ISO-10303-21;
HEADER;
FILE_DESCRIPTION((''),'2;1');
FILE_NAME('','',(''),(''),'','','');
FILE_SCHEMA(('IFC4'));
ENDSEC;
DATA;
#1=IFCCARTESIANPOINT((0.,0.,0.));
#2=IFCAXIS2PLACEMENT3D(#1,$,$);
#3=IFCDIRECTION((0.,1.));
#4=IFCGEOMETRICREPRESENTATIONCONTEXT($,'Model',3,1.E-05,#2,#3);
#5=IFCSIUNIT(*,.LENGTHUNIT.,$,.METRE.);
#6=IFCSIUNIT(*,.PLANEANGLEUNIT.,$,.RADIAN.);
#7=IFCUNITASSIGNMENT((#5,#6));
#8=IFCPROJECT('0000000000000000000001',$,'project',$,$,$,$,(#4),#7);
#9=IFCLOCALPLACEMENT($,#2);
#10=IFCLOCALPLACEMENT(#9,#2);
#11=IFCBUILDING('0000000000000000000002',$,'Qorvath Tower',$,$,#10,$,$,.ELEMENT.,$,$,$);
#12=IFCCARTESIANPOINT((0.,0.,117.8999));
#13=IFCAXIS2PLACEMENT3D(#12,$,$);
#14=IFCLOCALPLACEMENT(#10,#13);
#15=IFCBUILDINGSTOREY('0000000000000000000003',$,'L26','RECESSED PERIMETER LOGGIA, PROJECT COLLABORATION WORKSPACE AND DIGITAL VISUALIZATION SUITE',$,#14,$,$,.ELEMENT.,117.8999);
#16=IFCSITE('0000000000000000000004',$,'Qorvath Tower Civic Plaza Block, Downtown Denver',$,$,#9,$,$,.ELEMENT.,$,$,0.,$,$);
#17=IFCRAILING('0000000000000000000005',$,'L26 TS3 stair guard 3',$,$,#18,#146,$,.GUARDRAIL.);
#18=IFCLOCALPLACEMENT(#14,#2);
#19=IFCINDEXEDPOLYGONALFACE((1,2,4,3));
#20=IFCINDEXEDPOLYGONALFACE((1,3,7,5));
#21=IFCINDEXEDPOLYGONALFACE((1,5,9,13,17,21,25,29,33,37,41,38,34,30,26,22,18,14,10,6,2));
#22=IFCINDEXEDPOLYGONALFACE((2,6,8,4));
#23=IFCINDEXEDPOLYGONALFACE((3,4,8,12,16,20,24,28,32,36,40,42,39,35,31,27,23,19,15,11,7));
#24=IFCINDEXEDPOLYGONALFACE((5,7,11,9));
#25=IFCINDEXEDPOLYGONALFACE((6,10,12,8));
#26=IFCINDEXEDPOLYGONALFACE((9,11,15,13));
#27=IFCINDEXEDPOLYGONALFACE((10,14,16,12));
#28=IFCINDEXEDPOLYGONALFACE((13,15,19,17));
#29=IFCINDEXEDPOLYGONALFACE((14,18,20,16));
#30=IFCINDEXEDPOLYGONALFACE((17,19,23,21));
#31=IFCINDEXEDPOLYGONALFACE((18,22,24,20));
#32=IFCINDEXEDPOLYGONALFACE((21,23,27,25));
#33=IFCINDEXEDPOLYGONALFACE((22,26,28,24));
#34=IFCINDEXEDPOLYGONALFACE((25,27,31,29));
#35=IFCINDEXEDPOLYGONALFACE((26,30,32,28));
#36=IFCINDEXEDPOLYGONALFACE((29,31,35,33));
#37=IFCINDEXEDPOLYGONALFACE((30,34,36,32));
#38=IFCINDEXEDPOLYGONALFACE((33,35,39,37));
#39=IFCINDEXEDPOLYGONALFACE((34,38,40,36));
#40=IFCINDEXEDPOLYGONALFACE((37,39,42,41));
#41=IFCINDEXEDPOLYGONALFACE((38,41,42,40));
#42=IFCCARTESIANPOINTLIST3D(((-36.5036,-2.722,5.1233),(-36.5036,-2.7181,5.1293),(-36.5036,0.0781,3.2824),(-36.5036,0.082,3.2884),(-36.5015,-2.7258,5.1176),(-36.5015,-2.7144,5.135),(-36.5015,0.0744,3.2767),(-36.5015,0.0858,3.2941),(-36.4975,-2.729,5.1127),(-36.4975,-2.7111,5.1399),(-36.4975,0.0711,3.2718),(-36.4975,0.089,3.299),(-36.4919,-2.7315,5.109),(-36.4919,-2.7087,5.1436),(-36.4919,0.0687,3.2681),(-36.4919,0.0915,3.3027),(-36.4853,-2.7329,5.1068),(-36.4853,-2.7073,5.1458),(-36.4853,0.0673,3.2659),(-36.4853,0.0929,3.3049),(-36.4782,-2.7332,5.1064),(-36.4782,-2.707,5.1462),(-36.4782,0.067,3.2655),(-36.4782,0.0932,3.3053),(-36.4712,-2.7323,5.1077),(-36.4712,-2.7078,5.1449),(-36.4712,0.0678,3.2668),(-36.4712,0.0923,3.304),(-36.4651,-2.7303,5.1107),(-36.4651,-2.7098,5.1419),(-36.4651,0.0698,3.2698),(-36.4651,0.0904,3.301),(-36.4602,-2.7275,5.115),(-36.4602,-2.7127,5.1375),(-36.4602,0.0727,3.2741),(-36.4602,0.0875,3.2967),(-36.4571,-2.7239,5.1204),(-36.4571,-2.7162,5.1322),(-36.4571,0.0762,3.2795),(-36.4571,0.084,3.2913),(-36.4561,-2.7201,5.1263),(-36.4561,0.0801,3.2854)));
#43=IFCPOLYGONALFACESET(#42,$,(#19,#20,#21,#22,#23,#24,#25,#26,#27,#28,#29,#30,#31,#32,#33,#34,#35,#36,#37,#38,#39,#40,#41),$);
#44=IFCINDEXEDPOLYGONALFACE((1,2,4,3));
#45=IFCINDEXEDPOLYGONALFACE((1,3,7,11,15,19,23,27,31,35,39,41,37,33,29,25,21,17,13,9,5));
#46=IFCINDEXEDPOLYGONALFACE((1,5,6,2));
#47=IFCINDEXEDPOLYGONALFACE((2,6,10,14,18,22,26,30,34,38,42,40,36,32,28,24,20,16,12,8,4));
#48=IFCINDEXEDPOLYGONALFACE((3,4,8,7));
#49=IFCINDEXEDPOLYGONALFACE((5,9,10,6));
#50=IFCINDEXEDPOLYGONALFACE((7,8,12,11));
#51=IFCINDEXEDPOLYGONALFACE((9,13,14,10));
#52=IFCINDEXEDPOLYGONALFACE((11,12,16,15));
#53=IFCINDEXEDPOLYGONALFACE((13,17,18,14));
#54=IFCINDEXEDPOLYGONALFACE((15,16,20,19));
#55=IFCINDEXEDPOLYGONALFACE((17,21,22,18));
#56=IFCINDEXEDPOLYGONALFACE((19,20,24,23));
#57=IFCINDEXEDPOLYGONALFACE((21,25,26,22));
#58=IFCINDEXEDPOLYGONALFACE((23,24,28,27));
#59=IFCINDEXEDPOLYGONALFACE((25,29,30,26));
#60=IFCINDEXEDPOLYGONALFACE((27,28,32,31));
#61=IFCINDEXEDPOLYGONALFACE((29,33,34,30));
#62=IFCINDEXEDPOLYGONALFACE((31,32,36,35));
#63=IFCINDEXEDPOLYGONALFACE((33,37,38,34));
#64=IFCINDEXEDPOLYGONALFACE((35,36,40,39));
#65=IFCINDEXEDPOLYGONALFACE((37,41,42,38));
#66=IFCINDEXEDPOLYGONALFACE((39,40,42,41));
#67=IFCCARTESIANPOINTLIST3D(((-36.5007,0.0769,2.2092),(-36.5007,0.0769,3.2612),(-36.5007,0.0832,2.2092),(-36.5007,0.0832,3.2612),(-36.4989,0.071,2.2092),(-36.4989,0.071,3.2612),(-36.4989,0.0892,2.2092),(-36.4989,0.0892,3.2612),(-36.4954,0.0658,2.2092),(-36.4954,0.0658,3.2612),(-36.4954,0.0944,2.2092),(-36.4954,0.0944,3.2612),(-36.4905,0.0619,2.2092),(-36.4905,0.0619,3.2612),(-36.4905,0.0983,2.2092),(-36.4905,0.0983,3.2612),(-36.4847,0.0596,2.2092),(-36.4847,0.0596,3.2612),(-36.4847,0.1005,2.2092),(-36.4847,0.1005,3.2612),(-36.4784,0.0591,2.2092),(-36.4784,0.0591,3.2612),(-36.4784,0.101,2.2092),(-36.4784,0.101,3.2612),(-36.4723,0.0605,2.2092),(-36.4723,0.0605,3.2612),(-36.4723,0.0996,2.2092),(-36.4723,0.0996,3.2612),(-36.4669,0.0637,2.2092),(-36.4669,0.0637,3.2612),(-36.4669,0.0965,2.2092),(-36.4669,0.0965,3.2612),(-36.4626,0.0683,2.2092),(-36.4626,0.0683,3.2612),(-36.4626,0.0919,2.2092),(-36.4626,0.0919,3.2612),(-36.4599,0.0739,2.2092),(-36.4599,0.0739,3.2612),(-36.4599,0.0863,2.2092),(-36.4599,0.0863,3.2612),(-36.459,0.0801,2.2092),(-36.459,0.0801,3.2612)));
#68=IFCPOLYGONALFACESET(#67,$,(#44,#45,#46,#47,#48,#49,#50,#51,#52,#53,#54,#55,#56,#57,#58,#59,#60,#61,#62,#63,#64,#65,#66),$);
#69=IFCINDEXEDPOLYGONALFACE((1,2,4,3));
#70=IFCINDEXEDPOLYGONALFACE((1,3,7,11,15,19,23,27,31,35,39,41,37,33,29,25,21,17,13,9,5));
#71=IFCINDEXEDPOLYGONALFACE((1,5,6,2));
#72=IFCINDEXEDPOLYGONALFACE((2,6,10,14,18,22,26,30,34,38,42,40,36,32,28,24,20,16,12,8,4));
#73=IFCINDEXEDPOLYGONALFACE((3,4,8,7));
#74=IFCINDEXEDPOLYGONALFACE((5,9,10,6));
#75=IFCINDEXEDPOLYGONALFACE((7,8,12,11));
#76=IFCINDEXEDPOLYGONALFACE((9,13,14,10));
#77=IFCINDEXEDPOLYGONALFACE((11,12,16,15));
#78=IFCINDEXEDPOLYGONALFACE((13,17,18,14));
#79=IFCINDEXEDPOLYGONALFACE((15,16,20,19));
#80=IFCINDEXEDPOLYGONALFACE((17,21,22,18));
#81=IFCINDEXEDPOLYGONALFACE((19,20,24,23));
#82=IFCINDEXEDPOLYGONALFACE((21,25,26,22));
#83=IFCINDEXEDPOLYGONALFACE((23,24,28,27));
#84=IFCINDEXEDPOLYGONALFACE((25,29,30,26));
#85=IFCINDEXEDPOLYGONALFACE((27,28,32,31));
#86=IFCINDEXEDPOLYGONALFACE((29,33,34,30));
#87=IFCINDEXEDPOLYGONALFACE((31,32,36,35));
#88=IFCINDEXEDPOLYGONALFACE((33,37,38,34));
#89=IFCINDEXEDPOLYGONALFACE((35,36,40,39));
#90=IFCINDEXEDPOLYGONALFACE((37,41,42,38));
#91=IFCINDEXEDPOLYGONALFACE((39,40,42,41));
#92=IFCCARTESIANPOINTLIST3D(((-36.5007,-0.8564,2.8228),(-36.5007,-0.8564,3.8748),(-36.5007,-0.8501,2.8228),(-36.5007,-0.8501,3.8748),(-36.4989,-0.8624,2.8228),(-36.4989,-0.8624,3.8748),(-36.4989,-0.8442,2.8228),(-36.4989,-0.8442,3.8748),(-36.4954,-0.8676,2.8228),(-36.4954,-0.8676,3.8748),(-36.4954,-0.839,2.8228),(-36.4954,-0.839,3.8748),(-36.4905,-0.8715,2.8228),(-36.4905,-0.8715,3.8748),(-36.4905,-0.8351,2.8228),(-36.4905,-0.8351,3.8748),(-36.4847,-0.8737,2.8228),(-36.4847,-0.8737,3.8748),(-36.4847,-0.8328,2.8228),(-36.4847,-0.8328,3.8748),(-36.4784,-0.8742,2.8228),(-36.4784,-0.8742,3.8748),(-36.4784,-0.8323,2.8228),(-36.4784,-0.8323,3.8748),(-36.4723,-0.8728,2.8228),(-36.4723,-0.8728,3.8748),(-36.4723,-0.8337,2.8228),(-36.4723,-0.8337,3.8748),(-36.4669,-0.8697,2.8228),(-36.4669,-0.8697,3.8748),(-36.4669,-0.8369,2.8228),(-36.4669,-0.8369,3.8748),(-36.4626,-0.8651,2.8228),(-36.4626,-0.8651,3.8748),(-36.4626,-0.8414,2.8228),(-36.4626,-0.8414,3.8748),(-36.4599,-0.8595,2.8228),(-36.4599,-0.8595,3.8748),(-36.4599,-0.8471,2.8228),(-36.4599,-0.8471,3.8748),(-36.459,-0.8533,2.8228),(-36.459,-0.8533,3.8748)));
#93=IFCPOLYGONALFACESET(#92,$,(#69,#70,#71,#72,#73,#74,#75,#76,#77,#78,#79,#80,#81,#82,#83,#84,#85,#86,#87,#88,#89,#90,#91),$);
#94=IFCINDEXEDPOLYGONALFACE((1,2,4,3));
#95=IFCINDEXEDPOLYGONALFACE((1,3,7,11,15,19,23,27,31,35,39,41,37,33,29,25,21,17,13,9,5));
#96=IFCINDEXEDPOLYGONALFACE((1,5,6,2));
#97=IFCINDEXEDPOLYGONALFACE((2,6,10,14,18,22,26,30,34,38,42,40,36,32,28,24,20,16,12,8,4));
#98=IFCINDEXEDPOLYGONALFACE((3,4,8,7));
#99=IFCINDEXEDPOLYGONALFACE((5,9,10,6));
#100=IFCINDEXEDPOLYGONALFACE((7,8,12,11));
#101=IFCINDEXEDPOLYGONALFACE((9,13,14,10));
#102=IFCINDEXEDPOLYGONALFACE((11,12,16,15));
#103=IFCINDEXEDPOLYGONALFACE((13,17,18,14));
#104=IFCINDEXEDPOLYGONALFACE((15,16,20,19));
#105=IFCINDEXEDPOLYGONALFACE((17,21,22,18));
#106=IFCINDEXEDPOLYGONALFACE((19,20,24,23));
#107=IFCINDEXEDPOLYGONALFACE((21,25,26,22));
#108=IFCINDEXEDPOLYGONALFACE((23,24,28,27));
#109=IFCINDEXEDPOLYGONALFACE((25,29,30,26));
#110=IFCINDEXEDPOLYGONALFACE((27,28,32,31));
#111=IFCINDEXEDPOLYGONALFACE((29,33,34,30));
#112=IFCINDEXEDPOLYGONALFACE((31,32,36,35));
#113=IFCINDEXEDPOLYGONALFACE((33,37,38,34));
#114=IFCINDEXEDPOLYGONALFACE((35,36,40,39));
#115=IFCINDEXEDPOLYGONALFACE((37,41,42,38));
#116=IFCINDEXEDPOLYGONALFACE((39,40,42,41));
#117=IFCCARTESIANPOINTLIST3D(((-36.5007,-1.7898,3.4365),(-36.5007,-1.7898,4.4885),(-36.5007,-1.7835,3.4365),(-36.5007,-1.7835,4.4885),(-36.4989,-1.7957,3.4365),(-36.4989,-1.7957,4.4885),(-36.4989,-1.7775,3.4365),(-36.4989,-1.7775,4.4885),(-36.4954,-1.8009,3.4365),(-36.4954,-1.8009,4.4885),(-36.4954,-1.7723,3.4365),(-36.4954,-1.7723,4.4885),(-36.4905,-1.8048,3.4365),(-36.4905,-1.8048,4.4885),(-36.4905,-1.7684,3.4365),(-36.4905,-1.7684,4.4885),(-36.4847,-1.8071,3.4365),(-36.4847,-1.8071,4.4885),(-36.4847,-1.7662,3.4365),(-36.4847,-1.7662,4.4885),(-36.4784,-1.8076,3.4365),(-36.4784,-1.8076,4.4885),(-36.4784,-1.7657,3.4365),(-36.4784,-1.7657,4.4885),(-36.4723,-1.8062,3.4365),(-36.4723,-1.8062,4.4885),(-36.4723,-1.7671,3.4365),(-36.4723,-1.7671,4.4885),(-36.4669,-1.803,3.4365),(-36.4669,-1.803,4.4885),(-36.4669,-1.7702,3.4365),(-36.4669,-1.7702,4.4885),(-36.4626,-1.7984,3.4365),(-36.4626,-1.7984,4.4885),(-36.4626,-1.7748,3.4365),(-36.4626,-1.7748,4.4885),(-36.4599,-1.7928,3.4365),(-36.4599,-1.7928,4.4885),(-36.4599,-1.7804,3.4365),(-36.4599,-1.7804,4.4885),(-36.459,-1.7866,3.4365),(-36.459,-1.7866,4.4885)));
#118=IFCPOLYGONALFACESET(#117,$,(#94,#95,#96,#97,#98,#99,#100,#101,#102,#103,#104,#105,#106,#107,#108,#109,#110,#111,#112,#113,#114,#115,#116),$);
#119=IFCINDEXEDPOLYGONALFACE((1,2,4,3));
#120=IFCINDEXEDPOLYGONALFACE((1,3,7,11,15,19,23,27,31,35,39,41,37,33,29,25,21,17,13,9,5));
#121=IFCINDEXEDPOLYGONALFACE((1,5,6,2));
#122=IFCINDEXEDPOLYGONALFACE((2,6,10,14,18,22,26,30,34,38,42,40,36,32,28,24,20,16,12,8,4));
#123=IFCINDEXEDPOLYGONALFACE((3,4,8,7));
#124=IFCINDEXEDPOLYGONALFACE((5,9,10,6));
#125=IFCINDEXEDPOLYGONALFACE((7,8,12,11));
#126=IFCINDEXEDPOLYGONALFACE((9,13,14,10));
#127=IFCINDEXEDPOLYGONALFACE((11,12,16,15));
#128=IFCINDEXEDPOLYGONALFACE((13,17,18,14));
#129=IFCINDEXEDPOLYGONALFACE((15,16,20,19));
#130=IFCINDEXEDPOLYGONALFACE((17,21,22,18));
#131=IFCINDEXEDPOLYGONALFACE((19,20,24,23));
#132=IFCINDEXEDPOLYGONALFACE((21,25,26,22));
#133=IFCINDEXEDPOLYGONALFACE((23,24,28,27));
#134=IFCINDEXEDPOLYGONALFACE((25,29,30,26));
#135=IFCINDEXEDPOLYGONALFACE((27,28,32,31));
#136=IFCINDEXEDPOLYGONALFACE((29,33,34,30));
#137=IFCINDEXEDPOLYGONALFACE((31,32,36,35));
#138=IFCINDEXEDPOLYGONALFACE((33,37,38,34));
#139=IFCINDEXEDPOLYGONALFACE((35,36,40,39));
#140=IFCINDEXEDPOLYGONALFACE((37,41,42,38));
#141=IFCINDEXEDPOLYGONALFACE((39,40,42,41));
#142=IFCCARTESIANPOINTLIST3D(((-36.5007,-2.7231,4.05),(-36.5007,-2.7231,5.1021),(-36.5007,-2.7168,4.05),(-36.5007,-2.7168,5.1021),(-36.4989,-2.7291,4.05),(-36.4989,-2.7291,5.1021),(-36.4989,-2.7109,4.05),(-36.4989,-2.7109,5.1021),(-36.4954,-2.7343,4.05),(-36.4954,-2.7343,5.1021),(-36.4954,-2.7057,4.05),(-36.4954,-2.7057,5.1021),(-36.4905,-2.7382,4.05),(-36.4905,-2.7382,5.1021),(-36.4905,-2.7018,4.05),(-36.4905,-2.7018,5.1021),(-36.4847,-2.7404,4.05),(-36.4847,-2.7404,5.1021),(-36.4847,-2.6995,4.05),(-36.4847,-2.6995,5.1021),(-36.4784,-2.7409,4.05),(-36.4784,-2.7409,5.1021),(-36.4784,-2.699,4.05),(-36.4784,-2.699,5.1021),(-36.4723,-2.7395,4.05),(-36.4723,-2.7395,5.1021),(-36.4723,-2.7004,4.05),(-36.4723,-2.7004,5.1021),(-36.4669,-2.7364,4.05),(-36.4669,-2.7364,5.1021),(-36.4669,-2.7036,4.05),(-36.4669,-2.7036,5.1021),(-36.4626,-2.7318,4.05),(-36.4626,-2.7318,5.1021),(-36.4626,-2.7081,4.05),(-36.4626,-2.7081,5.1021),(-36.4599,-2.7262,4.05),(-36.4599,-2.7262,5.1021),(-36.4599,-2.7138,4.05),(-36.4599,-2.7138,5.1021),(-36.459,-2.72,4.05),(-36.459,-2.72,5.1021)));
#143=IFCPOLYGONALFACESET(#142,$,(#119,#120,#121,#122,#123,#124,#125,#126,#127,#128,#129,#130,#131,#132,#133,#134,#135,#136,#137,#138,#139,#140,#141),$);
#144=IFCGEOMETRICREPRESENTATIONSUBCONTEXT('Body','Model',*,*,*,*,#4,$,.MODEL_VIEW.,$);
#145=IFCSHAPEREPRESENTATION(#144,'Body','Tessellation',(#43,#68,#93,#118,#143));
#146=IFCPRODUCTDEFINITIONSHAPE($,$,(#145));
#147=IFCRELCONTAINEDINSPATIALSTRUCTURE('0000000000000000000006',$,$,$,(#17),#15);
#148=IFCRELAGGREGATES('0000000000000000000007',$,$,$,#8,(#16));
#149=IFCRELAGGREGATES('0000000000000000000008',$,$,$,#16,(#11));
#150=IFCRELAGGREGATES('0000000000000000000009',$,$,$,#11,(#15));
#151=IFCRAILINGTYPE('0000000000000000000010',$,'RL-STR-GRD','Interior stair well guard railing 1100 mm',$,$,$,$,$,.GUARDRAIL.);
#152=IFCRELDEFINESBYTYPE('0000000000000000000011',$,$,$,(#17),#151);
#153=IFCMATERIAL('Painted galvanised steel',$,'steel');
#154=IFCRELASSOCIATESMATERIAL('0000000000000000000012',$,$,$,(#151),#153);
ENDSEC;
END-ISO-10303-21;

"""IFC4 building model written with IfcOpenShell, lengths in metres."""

from ifc_helpers import new_model, si_unit, direction, frame, origin, origin_2d, place, context, subcontext, project, spatial, circle, extrude, material, type_object, element, save


model = new_model("IFC4")

# Units and contexts
model_context = context("Model", 3, precision=1e-05, world=origin(), true_north=direction((0.0, 1.0)))
body_context = subcontext(model_context, "Body", "Model", "MODEL_VIEW")
ifc_project = project(units=[si_unit("LENGTHUNIT", "METRE"), si_unit("PLANEANGLEUNIT", "RADIAN")], contexts=[model_context])

# Site, building, storey
site_placement = place(None, origin())
site = spatial("IfcSite", under=ifc_project, at=site_placement, Name="Qorvath Tower Civic Plaza Block, Downtown Denver", CompositionType="ELEMENT", RefElevation=0.0)
building_placement = place(site_placement, origin())
building = spatial("IfcBuilding", under=site, at=building_placement, Name="Qorvath Tower", CompositionType="ELEMENT")
storey_placement = place(building_placement, frame((0.0, 0.0, 117.8999)))
storey = spatial("IfcBuildingStorey", under=building, at=storey_placement, Name="L26", Description="RECESSED PERIMETER LOGGIA, PROJECT COLLABORATION WORKSPACE AND DIGITAL VISUALIZATION SUITE", CompositionType="ELEMENT", Elevation=117.8999)

# Railing
ifc_material_1 = material(Name="Painted galvanised steel", Category="steel")
railing_type_1 = type_object("IfcRailingType", Name="RL-STR-GRD", Description="Interior stair well guard railing 1100 mm", PredefinedType="GUARDRAIL", material=ifc_material_1)
railing_1_placement = place(storey_placement, frame((-36.48, 0.0801, 2.2092)))
element("IfcRailing", 1, at=railing_1_placement, inside=storey, type_object=railing_type_1, Name="L26 TS3 stair guard 3", PredefinedType="GUARDRAIL", context=body_context, shape_type="SweptSolid", body=[
    extrude(circle(Radius=0.0239, at=origin_2d()), frame((0.0, 0.0, 1.0762), z_axis=(0.0, -0.835598, 0.549342), x_axis=(1.0, 0.0, 0.0)), (0.0, 0.0, 1.0), 3.3511),
    extrude(circle(Radius=0.021, at=origin_2d()), origin(), (0.0, 0.0, 1.0), 1.052),
    extrude(circle(Radius=0.021, at=origin_2d()), frame((0.0, -0.9333, 0.6135)), (0.0, 0.0, 1.0), 1.052),
    extrude(circle(Radius=0.021, at=origin_2d()), frame((0.0, -1.8667, 1.2273)), (0.0, 0.0, 1.0), 1.052),
    extrude(circle(Radius=0.021, at=origin_2d()), frame((0.0, -2.8, 1.8408)), (0.0, 0.0, 1.0), 1.052),
])

save(model, "model.ifc")
